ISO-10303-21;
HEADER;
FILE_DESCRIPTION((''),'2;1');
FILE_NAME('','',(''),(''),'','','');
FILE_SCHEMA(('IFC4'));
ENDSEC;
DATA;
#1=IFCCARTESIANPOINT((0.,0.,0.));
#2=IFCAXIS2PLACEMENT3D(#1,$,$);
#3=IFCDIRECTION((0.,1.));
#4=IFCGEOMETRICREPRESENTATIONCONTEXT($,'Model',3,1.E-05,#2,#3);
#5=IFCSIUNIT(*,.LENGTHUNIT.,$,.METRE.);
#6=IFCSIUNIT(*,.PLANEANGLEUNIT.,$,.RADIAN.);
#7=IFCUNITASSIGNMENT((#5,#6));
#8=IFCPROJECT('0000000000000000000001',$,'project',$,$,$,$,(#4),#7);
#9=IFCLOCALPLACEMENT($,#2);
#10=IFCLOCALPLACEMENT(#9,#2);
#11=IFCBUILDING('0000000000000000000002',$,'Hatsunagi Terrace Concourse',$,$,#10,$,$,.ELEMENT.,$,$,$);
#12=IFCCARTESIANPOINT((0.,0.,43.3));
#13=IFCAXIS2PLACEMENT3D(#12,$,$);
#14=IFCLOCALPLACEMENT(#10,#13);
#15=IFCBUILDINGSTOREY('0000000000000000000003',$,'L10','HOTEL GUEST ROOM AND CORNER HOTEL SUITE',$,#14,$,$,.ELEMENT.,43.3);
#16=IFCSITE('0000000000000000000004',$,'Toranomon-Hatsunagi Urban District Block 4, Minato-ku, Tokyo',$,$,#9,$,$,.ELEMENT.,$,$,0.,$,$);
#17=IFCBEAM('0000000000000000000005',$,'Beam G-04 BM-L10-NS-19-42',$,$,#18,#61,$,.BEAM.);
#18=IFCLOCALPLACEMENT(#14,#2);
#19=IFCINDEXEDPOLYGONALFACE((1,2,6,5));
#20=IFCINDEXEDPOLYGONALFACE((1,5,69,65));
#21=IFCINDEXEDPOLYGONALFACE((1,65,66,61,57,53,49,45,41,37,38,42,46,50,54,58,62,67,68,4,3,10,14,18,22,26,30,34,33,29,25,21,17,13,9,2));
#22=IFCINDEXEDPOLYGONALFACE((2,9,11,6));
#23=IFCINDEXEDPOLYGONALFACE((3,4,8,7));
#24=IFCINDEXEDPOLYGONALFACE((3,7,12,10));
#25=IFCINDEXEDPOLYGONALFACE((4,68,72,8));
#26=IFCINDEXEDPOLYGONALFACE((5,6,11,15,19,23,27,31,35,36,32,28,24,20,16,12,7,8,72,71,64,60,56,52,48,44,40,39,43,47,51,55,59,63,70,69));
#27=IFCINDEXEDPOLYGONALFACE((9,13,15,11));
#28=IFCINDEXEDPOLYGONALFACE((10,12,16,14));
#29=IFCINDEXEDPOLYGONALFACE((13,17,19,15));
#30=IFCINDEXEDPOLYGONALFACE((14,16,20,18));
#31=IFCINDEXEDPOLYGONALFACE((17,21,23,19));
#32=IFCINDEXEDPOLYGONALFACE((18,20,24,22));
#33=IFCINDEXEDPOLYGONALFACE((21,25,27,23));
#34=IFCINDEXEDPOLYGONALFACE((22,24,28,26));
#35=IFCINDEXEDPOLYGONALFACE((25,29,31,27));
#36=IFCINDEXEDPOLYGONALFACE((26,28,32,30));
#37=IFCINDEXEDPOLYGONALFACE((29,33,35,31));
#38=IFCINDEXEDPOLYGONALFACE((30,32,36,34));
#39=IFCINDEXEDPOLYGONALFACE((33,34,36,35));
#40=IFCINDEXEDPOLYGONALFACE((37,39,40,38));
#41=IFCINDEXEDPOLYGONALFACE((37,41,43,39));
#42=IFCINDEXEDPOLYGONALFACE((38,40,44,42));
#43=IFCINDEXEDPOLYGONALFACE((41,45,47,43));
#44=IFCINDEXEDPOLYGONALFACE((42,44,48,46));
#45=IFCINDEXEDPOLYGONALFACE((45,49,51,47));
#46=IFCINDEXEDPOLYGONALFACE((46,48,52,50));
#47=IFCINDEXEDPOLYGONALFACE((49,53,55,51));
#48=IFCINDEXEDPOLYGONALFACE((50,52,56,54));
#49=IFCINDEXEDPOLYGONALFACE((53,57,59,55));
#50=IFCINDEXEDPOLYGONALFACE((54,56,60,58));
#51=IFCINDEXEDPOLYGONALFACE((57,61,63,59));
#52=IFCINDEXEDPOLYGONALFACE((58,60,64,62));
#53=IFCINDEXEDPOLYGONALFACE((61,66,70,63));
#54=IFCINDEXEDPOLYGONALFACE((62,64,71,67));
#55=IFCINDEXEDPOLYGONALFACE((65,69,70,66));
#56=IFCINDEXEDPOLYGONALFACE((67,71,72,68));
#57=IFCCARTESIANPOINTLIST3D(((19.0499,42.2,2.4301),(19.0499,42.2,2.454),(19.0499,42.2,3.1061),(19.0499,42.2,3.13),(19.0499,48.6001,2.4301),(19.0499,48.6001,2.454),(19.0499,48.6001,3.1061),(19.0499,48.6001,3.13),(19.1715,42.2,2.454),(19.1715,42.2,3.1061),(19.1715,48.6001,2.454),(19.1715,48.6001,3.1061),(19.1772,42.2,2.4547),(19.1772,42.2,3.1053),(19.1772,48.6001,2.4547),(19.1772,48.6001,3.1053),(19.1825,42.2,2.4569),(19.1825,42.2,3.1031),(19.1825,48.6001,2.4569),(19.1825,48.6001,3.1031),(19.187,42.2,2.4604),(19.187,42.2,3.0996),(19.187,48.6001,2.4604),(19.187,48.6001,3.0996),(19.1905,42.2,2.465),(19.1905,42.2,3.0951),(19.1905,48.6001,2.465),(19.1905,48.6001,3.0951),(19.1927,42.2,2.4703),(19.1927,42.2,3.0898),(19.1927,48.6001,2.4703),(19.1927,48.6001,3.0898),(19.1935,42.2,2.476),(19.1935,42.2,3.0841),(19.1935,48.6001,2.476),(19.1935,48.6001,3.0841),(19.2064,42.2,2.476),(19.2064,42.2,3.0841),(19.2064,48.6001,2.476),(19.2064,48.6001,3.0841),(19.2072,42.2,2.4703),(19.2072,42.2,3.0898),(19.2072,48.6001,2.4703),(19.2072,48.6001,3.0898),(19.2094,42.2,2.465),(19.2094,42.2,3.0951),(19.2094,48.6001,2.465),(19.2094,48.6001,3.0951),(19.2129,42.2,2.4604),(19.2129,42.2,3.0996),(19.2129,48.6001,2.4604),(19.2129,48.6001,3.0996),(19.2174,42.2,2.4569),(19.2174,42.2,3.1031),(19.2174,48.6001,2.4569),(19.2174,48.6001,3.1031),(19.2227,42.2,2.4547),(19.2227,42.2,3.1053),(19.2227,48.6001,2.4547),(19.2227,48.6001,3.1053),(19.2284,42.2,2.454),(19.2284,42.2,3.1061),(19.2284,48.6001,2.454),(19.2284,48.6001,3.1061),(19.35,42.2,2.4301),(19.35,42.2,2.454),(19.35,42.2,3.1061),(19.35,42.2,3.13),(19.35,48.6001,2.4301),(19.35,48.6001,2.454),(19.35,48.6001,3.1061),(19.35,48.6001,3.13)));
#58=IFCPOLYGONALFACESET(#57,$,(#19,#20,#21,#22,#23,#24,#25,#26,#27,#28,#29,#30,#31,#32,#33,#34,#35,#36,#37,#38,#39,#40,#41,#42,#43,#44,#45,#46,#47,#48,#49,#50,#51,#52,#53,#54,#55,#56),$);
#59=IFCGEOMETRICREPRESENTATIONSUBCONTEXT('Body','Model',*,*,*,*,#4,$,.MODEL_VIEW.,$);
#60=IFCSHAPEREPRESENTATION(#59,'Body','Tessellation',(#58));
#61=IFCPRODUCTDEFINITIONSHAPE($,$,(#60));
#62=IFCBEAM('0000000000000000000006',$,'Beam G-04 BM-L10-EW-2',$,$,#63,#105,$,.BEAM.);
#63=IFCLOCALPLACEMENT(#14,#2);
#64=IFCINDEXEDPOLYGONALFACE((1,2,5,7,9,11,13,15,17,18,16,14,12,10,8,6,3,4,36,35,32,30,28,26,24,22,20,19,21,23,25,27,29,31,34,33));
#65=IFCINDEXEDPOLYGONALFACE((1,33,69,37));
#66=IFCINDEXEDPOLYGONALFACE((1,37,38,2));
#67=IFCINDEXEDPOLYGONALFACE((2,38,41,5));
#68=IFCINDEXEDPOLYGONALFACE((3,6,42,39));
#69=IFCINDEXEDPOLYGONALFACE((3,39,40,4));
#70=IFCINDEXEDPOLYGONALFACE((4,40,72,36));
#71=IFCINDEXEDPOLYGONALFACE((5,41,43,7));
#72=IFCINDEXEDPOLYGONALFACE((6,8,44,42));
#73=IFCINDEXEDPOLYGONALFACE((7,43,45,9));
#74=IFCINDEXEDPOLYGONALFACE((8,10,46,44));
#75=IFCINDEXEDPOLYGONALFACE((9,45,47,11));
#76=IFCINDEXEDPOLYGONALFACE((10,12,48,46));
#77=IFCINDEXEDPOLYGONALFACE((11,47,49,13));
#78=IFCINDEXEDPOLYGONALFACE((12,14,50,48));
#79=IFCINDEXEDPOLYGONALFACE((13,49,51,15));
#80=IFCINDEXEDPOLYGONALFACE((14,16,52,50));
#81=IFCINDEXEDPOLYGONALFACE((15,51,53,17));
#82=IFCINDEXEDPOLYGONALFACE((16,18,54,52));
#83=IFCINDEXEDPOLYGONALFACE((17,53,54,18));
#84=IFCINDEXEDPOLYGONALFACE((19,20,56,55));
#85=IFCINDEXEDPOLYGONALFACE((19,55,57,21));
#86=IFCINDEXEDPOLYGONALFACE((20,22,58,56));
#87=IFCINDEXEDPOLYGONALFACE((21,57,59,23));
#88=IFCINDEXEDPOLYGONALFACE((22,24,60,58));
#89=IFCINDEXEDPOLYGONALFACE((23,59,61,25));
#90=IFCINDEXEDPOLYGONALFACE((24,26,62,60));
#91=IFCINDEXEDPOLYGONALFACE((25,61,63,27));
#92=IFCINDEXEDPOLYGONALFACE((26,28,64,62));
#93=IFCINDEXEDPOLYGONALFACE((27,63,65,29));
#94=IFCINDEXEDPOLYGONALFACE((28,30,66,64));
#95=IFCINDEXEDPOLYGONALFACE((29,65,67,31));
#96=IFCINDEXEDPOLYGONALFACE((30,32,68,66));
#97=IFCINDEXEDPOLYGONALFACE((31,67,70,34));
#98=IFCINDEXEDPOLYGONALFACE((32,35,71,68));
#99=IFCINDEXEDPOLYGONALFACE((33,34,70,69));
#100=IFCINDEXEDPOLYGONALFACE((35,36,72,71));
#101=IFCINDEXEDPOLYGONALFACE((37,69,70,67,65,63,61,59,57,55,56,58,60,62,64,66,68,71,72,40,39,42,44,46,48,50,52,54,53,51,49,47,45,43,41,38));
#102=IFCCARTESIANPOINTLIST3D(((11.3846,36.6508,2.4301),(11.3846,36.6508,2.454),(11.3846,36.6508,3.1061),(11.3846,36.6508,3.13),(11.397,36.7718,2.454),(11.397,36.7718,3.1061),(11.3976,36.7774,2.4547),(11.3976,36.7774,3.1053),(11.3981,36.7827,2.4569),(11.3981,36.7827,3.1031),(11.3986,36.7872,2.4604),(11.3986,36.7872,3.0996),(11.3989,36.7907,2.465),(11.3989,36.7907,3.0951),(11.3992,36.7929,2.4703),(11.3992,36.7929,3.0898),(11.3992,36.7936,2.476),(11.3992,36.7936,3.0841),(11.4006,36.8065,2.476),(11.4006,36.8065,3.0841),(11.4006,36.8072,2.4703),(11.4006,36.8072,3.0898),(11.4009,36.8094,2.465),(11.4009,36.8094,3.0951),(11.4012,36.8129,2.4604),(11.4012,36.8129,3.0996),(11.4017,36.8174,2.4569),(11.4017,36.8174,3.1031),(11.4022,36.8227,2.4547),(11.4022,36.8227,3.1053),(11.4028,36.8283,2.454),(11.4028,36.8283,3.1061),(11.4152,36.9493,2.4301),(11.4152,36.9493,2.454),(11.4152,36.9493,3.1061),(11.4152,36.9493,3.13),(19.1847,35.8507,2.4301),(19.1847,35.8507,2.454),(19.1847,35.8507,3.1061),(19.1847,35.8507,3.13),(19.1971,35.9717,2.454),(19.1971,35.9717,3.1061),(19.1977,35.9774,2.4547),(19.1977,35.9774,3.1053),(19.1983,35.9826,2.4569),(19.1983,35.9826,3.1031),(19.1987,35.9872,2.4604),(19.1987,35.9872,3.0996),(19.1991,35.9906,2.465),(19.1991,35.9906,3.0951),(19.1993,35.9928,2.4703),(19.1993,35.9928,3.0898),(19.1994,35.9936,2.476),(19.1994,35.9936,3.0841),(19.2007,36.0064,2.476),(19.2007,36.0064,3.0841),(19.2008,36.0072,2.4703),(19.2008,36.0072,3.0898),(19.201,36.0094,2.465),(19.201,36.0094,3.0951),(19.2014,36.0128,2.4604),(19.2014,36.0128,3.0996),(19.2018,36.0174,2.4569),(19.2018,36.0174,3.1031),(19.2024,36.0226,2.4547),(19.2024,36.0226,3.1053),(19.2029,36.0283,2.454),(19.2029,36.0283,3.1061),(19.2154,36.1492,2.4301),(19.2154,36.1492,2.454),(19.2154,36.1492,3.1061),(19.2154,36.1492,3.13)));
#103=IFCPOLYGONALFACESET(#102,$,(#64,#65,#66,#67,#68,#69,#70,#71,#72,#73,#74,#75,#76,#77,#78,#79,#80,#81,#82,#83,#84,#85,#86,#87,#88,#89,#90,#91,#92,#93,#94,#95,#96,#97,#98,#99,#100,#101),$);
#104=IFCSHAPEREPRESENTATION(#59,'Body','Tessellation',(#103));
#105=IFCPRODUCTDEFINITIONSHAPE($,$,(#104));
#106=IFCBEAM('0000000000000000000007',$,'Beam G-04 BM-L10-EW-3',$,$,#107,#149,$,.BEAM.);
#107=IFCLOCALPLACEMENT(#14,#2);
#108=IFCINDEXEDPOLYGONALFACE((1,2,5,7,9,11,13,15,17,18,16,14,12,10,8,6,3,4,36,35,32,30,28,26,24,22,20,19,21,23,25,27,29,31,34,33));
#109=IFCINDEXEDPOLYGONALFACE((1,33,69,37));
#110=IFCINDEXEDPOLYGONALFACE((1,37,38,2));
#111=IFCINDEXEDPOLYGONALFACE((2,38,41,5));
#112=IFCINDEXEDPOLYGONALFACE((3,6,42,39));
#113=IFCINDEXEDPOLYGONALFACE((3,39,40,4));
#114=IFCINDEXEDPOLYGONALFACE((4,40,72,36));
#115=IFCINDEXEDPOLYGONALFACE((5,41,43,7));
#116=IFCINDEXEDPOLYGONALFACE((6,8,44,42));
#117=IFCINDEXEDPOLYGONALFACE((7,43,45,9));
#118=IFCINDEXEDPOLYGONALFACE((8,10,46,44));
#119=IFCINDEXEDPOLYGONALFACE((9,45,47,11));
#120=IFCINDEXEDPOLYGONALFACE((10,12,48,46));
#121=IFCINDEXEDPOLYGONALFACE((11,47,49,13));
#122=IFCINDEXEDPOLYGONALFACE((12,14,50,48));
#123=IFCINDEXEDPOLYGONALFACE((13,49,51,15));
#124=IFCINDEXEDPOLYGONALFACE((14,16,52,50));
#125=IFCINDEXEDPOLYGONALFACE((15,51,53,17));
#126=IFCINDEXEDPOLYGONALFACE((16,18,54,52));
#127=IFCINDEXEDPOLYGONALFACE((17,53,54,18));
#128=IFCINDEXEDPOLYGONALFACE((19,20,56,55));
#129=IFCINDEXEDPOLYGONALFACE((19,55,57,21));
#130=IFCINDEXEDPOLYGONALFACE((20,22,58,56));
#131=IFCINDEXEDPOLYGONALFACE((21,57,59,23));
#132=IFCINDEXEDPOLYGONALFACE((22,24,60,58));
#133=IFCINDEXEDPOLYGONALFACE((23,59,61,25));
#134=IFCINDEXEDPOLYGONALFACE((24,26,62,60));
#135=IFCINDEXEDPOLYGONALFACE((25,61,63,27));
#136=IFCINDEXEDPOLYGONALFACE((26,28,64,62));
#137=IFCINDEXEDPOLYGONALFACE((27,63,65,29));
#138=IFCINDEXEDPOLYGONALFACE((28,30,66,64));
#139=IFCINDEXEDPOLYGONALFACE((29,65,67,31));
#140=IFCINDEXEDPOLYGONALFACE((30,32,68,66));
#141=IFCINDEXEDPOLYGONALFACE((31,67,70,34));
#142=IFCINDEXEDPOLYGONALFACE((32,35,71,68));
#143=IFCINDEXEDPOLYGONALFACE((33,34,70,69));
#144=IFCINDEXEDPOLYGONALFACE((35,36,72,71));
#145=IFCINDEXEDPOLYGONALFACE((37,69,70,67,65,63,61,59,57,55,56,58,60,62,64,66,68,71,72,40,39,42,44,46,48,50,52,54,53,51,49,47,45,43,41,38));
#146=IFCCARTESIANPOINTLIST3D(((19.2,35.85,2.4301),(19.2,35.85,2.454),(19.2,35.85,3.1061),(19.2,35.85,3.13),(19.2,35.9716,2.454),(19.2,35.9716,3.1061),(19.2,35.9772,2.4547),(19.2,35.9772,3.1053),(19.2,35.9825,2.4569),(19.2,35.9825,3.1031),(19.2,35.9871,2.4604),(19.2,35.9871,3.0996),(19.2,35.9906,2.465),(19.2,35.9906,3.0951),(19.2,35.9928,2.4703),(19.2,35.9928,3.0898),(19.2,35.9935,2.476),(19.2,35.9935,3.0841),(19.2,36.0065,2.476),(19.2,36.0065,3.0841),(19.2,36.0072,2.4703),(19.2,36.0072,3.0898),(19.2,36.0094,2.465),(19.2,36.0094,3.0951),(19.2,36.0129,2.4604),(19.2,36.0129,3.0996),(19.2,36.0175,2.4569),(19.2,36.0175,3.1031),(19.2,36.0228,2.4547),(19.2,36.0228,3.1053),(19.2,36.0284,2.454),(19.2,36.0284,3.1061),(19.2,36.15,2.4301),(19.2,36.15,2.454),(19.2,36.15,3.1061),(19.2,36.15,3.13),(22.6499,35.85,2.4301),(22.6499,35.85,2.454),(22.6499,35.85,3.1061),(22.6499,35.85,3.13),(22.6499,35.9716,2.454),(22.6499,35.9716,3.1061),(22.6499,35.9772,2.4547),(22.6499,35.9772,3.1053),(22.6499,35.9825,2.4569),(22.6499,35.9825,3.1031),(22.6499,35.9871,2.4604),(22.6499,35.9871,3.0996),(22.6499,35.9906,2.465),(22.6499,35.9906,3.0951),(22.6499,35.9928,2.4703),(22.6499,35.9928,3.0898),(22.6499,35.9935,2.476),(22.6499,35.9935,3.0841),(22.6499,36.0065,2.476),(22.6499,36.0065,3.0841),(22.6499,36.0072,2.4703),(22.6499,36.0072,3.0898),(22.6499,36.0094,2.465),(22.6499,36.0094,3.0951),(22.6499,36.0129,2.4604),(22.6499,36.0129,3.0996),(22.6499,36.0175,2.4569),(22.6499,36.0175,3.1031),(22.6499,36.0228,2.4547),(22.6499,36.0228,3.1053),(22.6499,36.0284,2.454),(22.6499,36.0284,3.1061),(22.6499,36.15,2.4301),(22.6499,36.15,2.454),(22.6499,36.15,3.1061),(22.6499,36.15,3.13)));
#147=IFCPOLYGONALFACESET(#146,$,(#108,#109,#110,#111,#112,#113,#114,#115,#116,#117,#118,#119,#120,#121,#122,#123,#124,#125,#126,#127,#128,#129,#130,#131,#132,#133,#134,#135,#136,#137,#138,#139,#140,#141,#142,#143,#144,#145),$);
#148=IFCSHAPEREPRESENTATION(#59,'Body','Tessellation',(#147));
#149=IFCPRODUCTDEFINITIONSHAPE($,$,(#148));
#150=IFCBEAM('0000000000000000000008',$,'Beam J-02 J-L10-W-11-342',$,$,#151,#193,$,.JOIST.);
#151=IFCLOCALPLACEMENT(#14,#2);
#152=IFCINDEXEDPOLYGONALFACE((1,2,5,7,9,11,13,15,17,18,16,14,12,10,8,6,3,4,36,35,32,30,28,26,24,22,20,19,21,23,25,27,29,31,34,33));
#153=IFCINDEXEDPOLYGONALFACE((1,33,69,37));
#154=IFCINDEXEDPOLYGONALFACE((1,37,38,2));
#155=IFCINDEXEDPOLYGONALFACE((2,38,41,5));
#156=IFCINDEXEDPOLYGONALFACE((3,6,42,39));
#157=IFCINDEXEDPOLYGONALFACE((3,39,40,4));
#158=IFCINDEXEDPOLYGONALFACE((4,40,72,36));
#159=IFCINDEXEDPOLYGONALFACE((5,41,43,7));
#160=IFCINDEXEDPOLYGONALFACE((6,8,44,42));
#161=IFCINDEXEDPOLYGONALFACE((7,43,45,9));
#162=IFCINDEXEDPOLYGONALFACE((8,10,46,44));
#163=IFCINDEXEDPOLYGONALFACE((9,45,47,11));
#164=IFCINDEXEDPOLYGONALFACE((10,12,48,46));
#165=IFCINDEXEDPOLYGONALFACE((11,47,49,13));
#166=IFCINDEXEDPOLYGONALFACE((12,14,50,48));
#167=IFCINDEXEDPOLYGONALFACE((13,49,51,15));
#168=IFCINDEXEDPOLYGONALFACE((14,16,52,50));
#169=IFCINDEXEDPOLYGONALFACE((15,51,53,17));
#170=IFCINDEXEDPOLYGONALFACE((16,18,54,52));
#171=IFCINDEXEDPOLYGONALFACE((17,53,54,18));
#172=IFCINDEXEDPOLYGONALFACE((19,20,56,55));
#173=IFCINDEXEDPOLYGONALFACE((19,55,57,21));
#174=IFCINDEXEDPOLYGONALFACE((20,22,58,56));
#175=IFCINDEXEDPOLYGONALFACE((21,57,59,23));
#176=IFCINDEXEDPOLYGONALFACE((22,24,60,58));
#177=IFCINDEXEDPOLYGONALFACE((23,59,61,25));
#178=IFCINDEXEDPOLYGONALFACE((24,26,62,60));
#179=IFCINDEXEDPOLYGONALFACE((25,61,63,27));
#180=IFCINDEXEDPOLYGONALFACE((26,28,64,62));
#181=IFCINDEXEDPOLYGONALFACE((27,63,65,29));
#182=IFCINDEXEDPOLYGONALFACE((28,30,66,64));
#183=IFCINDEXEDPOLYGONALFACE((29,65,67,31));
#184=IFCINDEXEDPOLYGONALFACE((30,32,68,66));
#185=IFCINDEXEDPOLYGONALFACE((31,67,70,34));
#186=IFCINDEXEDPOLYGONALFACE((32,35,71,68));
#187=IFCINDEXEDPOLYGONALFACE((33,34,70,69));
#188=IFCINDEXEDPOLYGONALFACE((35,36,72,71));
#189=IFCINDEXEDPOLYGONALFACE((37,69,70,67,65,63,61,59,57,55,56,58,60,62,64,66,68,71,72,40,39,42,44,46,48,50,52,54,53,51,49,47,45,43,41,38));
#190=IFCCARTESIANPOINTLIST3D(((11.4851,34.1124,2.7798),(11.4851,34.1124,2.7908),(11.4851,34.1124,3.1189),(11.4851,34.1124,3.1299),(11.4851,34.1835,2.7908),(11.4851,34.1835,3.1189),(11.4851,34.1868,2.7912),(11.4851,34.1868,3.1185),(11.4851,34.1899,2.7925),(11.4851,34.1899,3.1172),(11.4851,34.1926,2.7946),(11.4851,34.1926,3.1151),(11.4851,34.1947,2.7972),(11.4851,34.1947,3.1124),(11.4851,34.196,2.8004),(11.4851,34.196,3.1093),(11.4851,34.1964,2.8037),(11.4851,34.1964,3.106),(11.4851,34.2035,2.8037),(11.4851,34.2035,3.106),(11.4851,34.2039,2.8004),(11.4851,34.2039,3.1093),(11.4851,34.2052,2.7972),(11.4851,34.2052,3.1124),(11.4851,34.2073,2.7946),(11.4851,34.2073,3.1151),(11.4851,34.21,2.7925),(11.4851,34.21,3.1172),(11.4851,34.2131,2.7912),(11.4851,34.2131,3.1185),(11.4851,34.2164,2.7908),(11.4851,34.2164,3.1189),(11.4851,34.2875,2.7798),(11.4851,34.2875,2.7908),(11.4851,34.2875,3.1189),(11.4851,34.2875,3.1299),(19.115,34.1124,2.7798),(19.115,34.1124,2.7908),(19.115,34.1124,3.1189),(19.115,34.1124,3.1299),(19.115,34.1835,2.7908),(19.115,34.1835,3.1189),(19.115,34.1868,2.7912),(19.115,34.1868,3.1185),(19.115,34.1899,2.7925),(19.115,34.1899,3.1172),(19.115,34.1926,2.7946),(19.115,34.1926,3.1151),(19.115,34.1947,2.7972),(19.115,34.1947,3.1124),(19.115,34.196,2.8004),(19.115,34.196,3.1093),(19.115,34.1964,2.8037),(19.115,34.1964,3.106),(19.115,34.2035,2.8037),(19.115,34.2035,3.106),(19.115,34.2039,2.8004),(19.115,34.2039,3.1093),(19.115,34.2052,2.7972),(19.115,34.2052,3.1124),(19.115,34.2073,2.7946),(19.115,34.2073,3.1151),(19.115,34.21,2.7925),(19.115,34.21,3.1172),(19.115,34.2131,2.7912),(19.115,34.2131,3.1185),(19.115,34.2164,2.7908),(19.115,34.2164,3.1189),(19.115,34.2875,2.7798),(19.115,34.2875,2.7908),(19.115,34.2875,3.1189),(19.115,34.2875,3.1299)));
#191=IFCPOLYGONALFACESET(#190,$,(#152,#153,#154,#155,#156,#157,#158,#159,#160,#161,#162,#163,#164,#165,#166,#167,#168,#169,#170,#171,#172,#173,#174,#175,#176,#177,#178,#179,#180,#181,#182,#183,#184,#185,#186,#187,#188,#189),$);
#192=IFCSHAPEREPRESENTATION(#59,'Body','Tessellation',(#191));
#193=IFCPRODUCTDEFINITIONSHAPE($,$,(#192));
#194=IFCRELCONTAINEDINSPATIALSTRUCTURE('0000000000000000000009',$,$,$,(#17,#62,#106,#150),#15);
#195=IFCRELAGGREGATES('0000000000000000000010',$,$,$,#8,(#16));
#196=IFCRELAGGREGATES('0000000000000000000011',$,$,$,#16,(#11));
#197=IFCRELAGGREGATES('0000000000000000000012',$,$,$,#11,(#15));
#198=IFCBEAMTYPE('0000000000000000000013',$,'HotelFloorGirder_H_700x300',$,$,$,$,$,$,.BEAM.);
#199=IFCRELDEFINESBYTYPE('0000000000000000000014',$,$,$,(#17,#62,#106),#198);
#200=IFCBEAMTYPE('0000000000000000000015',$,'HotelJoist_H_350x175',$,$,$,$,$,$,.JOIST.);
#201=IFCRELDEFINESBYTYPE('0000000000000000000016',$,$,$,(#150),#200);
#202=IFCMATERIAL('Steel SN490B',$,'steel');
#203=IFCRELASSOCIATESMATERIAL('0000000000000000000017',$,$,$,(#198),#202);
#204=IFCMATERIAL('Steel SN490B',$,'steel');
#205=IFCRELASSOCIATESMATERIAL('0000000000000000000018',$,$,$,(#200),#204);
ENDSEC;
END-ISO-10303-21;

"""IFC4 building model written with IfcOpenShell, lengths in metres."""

from ifc_helpers import new_model, si_unit, direction, frame, origin, origin_2d, place, context, subcontext, project, spatial, i_section, extrude, material, material_profile, profile_set, type_object, element, save


model = new_model("IFC4")

# Units and contexts
model_context = context("Model", 3, precision=1e-05, world=origin(), true_north=direction((0.0, 1.0)))
body_context = subcontext(model_context, "Body", "Model", "MODEL_VIEW")
ifc_project = project(units=[si_unit("LENGTHUNIT", "METRE"), si_unit("PLANEANGLEUNIT", "RADIAN")], contexts=[model_context])

# Site, building, storey
site_placement = place(None, origin())
site = spatial("IfcSite", under=ifc_project, at=site_placement, Name="Toranomon-Hatsunagi Urban District Block 4, Minato-ku, Tokyo", CompositionType="ELEMENT", RefElevation=0.0)
building_placement = place(site_placement, origin())
building = spatial("IfcBuilding", under=site, at=building_placement, Name="Hatsunagi Terrace Concourse", CompositionType="ELEMENT")
storey_placement = place(building_placement, frame((0.0, 0.0, 43.3)))
storey = spatial("IfcBuildingStorey", under=building, at=storey_placement, Name="L10", Description="HOTEL GUEST ROOM AND CORNER HOTEL SUITE", CompositionType="ELEMENT", Elevation=43.3)

# Beams
ifc_material_1 = material(Name="Steel SN490B", Category="steel")
ifc_material_profile_1 = material_profile(ifc_material_1, i_section(OverallWidth=0.3, OverallDepth=0.7, WebThickness=0.0129, FlangeThickness=0.0239, FilletRadius=0.022, at=origin_2d()), Name="H-700x300x13x24")
ifc_profile_set_1 = profile_set([ifc_material_profile_1], Name="Steel SN490B")
beam_type_1 = type_object("IfcBeamType", Name="HotelFloorGirder_H_700x300", PredefinedType="BEAM", material=ifc_profile_set_1)
beam_1_placement = place(storey_placement, frame((19.2, 42.2, 2.78), z_axis=(0.0, 1.0, 0.0), x_axis=(-1.0, 0.0, 0.0)))
element("IfcBeam", 1, at=beam_1_placement, inside=storey, type_object=beam_type_1, Name="Beam G-04 BM-L10-NS-19-42", PredefinedType="BEAM", context=body_context, shape_type="SweptSolid", body=[
    extrude(i_section(OverallWidth=0.3, OverallDepth=0.7, WebThickness=0.0129, FlangeThickness=0.0239, FilletRadius=0.022, at=origin_2d()), origin(), (0.0, 0.0, 1.0), 6.4001),
])
beam_2_placement = place(storey_placement, frame((11.3999, 36.8, 2.78), z_axis=(0.994781, -0.102034, 0.0), x_axis=(0.102034, 0.994781, 0.0)))
element("IfcBeam", 2, at=beam_2_placement, inside=storey, type_object=beam_type_1, Name="Beam G-04 BM-L10-EW-2", PredefinedType="BEAM", context=body_context, shape_type="SweptSolid", body=[
    extrude(i_section(OverallWidth=0.3, OverallDepth=0.7, WebThickness=0.0129, FlangeThickness=0.0239, FilletRadius=0.022, at=origin_2d()), origin(), (0.0, 0.0, 1.0), 7.8411),
])
beam_3_placement = place(storey_placement, frame((19.2, 36.0, 2.78), z_axis=(1.0, 0.0, 0.0), x_axis=(0.0, 1.0, 0.0)))
element("IfcBeam", 3, at=beam_3_placement, inside=storey, type_object=beam_type_1, Name="Beam G-04 BM-L10-EW-3", PredefinedType="BEAM", context=body_context, shape_type="SweptSolid", body=[
    extrude(i_section(OverallWidth=0.3, OverallDepth=0.7, WebThickness=0.0129, FlangeThickness=0.0239, FilletRadius=0.022, at=origin_2d()), origin(), (0.0, 0.0, 1.0), 3.45),
])
ifc_material_2 = material(Name="Steel SN490B", Category="steel")
ifc_material_profile_2 = material_profile(ifc_material_2, i_section(OverallWidth=0.175, OverallDepth=0.3501, WebThickness=0.0071, FlangeThickness=0.011, FilletRadius=0.0129, at=origin_2d()), Name="H-350x175x7x11")
ifc_profile_set_2 = profile_set([ifc_material_profile_2], Name="Steel SN490B")
beam_type_2 = type_object("IfcBeamType", Name="HotelJoist_H_350x175", PredefinedType="JOIST", material=ifc_profile_set_2)
for number, where, z_axis, x_axis, name in (
    (4, (11.4851, 34.2, 2.9548), (1.0, 0.0, 0.0), (0.0, 1.0, 0.0), "Beam J-02 J-L10-W-11-342"),
):
    element("IfcBeam", number, at=place(storey_placement, frame(where, z_axis=z_axis, x_axis=x_axis)), inside=storey, type_object=beam_type_2, Name=name, PredefinedType="JOIST", context=body_context, shape_type="SweptSolid", body=[
        extrude(i_section(OverallWidth=0.175, OverallDepth=0.3501, WebThickness=0.0071, FlangeThickness=0.011, FilletRadius=0.0129, at=origin_2d()), origin(), (0.0, 0.0, 1.0), 7.6299),
    ])

save(model, "model.ifc")
